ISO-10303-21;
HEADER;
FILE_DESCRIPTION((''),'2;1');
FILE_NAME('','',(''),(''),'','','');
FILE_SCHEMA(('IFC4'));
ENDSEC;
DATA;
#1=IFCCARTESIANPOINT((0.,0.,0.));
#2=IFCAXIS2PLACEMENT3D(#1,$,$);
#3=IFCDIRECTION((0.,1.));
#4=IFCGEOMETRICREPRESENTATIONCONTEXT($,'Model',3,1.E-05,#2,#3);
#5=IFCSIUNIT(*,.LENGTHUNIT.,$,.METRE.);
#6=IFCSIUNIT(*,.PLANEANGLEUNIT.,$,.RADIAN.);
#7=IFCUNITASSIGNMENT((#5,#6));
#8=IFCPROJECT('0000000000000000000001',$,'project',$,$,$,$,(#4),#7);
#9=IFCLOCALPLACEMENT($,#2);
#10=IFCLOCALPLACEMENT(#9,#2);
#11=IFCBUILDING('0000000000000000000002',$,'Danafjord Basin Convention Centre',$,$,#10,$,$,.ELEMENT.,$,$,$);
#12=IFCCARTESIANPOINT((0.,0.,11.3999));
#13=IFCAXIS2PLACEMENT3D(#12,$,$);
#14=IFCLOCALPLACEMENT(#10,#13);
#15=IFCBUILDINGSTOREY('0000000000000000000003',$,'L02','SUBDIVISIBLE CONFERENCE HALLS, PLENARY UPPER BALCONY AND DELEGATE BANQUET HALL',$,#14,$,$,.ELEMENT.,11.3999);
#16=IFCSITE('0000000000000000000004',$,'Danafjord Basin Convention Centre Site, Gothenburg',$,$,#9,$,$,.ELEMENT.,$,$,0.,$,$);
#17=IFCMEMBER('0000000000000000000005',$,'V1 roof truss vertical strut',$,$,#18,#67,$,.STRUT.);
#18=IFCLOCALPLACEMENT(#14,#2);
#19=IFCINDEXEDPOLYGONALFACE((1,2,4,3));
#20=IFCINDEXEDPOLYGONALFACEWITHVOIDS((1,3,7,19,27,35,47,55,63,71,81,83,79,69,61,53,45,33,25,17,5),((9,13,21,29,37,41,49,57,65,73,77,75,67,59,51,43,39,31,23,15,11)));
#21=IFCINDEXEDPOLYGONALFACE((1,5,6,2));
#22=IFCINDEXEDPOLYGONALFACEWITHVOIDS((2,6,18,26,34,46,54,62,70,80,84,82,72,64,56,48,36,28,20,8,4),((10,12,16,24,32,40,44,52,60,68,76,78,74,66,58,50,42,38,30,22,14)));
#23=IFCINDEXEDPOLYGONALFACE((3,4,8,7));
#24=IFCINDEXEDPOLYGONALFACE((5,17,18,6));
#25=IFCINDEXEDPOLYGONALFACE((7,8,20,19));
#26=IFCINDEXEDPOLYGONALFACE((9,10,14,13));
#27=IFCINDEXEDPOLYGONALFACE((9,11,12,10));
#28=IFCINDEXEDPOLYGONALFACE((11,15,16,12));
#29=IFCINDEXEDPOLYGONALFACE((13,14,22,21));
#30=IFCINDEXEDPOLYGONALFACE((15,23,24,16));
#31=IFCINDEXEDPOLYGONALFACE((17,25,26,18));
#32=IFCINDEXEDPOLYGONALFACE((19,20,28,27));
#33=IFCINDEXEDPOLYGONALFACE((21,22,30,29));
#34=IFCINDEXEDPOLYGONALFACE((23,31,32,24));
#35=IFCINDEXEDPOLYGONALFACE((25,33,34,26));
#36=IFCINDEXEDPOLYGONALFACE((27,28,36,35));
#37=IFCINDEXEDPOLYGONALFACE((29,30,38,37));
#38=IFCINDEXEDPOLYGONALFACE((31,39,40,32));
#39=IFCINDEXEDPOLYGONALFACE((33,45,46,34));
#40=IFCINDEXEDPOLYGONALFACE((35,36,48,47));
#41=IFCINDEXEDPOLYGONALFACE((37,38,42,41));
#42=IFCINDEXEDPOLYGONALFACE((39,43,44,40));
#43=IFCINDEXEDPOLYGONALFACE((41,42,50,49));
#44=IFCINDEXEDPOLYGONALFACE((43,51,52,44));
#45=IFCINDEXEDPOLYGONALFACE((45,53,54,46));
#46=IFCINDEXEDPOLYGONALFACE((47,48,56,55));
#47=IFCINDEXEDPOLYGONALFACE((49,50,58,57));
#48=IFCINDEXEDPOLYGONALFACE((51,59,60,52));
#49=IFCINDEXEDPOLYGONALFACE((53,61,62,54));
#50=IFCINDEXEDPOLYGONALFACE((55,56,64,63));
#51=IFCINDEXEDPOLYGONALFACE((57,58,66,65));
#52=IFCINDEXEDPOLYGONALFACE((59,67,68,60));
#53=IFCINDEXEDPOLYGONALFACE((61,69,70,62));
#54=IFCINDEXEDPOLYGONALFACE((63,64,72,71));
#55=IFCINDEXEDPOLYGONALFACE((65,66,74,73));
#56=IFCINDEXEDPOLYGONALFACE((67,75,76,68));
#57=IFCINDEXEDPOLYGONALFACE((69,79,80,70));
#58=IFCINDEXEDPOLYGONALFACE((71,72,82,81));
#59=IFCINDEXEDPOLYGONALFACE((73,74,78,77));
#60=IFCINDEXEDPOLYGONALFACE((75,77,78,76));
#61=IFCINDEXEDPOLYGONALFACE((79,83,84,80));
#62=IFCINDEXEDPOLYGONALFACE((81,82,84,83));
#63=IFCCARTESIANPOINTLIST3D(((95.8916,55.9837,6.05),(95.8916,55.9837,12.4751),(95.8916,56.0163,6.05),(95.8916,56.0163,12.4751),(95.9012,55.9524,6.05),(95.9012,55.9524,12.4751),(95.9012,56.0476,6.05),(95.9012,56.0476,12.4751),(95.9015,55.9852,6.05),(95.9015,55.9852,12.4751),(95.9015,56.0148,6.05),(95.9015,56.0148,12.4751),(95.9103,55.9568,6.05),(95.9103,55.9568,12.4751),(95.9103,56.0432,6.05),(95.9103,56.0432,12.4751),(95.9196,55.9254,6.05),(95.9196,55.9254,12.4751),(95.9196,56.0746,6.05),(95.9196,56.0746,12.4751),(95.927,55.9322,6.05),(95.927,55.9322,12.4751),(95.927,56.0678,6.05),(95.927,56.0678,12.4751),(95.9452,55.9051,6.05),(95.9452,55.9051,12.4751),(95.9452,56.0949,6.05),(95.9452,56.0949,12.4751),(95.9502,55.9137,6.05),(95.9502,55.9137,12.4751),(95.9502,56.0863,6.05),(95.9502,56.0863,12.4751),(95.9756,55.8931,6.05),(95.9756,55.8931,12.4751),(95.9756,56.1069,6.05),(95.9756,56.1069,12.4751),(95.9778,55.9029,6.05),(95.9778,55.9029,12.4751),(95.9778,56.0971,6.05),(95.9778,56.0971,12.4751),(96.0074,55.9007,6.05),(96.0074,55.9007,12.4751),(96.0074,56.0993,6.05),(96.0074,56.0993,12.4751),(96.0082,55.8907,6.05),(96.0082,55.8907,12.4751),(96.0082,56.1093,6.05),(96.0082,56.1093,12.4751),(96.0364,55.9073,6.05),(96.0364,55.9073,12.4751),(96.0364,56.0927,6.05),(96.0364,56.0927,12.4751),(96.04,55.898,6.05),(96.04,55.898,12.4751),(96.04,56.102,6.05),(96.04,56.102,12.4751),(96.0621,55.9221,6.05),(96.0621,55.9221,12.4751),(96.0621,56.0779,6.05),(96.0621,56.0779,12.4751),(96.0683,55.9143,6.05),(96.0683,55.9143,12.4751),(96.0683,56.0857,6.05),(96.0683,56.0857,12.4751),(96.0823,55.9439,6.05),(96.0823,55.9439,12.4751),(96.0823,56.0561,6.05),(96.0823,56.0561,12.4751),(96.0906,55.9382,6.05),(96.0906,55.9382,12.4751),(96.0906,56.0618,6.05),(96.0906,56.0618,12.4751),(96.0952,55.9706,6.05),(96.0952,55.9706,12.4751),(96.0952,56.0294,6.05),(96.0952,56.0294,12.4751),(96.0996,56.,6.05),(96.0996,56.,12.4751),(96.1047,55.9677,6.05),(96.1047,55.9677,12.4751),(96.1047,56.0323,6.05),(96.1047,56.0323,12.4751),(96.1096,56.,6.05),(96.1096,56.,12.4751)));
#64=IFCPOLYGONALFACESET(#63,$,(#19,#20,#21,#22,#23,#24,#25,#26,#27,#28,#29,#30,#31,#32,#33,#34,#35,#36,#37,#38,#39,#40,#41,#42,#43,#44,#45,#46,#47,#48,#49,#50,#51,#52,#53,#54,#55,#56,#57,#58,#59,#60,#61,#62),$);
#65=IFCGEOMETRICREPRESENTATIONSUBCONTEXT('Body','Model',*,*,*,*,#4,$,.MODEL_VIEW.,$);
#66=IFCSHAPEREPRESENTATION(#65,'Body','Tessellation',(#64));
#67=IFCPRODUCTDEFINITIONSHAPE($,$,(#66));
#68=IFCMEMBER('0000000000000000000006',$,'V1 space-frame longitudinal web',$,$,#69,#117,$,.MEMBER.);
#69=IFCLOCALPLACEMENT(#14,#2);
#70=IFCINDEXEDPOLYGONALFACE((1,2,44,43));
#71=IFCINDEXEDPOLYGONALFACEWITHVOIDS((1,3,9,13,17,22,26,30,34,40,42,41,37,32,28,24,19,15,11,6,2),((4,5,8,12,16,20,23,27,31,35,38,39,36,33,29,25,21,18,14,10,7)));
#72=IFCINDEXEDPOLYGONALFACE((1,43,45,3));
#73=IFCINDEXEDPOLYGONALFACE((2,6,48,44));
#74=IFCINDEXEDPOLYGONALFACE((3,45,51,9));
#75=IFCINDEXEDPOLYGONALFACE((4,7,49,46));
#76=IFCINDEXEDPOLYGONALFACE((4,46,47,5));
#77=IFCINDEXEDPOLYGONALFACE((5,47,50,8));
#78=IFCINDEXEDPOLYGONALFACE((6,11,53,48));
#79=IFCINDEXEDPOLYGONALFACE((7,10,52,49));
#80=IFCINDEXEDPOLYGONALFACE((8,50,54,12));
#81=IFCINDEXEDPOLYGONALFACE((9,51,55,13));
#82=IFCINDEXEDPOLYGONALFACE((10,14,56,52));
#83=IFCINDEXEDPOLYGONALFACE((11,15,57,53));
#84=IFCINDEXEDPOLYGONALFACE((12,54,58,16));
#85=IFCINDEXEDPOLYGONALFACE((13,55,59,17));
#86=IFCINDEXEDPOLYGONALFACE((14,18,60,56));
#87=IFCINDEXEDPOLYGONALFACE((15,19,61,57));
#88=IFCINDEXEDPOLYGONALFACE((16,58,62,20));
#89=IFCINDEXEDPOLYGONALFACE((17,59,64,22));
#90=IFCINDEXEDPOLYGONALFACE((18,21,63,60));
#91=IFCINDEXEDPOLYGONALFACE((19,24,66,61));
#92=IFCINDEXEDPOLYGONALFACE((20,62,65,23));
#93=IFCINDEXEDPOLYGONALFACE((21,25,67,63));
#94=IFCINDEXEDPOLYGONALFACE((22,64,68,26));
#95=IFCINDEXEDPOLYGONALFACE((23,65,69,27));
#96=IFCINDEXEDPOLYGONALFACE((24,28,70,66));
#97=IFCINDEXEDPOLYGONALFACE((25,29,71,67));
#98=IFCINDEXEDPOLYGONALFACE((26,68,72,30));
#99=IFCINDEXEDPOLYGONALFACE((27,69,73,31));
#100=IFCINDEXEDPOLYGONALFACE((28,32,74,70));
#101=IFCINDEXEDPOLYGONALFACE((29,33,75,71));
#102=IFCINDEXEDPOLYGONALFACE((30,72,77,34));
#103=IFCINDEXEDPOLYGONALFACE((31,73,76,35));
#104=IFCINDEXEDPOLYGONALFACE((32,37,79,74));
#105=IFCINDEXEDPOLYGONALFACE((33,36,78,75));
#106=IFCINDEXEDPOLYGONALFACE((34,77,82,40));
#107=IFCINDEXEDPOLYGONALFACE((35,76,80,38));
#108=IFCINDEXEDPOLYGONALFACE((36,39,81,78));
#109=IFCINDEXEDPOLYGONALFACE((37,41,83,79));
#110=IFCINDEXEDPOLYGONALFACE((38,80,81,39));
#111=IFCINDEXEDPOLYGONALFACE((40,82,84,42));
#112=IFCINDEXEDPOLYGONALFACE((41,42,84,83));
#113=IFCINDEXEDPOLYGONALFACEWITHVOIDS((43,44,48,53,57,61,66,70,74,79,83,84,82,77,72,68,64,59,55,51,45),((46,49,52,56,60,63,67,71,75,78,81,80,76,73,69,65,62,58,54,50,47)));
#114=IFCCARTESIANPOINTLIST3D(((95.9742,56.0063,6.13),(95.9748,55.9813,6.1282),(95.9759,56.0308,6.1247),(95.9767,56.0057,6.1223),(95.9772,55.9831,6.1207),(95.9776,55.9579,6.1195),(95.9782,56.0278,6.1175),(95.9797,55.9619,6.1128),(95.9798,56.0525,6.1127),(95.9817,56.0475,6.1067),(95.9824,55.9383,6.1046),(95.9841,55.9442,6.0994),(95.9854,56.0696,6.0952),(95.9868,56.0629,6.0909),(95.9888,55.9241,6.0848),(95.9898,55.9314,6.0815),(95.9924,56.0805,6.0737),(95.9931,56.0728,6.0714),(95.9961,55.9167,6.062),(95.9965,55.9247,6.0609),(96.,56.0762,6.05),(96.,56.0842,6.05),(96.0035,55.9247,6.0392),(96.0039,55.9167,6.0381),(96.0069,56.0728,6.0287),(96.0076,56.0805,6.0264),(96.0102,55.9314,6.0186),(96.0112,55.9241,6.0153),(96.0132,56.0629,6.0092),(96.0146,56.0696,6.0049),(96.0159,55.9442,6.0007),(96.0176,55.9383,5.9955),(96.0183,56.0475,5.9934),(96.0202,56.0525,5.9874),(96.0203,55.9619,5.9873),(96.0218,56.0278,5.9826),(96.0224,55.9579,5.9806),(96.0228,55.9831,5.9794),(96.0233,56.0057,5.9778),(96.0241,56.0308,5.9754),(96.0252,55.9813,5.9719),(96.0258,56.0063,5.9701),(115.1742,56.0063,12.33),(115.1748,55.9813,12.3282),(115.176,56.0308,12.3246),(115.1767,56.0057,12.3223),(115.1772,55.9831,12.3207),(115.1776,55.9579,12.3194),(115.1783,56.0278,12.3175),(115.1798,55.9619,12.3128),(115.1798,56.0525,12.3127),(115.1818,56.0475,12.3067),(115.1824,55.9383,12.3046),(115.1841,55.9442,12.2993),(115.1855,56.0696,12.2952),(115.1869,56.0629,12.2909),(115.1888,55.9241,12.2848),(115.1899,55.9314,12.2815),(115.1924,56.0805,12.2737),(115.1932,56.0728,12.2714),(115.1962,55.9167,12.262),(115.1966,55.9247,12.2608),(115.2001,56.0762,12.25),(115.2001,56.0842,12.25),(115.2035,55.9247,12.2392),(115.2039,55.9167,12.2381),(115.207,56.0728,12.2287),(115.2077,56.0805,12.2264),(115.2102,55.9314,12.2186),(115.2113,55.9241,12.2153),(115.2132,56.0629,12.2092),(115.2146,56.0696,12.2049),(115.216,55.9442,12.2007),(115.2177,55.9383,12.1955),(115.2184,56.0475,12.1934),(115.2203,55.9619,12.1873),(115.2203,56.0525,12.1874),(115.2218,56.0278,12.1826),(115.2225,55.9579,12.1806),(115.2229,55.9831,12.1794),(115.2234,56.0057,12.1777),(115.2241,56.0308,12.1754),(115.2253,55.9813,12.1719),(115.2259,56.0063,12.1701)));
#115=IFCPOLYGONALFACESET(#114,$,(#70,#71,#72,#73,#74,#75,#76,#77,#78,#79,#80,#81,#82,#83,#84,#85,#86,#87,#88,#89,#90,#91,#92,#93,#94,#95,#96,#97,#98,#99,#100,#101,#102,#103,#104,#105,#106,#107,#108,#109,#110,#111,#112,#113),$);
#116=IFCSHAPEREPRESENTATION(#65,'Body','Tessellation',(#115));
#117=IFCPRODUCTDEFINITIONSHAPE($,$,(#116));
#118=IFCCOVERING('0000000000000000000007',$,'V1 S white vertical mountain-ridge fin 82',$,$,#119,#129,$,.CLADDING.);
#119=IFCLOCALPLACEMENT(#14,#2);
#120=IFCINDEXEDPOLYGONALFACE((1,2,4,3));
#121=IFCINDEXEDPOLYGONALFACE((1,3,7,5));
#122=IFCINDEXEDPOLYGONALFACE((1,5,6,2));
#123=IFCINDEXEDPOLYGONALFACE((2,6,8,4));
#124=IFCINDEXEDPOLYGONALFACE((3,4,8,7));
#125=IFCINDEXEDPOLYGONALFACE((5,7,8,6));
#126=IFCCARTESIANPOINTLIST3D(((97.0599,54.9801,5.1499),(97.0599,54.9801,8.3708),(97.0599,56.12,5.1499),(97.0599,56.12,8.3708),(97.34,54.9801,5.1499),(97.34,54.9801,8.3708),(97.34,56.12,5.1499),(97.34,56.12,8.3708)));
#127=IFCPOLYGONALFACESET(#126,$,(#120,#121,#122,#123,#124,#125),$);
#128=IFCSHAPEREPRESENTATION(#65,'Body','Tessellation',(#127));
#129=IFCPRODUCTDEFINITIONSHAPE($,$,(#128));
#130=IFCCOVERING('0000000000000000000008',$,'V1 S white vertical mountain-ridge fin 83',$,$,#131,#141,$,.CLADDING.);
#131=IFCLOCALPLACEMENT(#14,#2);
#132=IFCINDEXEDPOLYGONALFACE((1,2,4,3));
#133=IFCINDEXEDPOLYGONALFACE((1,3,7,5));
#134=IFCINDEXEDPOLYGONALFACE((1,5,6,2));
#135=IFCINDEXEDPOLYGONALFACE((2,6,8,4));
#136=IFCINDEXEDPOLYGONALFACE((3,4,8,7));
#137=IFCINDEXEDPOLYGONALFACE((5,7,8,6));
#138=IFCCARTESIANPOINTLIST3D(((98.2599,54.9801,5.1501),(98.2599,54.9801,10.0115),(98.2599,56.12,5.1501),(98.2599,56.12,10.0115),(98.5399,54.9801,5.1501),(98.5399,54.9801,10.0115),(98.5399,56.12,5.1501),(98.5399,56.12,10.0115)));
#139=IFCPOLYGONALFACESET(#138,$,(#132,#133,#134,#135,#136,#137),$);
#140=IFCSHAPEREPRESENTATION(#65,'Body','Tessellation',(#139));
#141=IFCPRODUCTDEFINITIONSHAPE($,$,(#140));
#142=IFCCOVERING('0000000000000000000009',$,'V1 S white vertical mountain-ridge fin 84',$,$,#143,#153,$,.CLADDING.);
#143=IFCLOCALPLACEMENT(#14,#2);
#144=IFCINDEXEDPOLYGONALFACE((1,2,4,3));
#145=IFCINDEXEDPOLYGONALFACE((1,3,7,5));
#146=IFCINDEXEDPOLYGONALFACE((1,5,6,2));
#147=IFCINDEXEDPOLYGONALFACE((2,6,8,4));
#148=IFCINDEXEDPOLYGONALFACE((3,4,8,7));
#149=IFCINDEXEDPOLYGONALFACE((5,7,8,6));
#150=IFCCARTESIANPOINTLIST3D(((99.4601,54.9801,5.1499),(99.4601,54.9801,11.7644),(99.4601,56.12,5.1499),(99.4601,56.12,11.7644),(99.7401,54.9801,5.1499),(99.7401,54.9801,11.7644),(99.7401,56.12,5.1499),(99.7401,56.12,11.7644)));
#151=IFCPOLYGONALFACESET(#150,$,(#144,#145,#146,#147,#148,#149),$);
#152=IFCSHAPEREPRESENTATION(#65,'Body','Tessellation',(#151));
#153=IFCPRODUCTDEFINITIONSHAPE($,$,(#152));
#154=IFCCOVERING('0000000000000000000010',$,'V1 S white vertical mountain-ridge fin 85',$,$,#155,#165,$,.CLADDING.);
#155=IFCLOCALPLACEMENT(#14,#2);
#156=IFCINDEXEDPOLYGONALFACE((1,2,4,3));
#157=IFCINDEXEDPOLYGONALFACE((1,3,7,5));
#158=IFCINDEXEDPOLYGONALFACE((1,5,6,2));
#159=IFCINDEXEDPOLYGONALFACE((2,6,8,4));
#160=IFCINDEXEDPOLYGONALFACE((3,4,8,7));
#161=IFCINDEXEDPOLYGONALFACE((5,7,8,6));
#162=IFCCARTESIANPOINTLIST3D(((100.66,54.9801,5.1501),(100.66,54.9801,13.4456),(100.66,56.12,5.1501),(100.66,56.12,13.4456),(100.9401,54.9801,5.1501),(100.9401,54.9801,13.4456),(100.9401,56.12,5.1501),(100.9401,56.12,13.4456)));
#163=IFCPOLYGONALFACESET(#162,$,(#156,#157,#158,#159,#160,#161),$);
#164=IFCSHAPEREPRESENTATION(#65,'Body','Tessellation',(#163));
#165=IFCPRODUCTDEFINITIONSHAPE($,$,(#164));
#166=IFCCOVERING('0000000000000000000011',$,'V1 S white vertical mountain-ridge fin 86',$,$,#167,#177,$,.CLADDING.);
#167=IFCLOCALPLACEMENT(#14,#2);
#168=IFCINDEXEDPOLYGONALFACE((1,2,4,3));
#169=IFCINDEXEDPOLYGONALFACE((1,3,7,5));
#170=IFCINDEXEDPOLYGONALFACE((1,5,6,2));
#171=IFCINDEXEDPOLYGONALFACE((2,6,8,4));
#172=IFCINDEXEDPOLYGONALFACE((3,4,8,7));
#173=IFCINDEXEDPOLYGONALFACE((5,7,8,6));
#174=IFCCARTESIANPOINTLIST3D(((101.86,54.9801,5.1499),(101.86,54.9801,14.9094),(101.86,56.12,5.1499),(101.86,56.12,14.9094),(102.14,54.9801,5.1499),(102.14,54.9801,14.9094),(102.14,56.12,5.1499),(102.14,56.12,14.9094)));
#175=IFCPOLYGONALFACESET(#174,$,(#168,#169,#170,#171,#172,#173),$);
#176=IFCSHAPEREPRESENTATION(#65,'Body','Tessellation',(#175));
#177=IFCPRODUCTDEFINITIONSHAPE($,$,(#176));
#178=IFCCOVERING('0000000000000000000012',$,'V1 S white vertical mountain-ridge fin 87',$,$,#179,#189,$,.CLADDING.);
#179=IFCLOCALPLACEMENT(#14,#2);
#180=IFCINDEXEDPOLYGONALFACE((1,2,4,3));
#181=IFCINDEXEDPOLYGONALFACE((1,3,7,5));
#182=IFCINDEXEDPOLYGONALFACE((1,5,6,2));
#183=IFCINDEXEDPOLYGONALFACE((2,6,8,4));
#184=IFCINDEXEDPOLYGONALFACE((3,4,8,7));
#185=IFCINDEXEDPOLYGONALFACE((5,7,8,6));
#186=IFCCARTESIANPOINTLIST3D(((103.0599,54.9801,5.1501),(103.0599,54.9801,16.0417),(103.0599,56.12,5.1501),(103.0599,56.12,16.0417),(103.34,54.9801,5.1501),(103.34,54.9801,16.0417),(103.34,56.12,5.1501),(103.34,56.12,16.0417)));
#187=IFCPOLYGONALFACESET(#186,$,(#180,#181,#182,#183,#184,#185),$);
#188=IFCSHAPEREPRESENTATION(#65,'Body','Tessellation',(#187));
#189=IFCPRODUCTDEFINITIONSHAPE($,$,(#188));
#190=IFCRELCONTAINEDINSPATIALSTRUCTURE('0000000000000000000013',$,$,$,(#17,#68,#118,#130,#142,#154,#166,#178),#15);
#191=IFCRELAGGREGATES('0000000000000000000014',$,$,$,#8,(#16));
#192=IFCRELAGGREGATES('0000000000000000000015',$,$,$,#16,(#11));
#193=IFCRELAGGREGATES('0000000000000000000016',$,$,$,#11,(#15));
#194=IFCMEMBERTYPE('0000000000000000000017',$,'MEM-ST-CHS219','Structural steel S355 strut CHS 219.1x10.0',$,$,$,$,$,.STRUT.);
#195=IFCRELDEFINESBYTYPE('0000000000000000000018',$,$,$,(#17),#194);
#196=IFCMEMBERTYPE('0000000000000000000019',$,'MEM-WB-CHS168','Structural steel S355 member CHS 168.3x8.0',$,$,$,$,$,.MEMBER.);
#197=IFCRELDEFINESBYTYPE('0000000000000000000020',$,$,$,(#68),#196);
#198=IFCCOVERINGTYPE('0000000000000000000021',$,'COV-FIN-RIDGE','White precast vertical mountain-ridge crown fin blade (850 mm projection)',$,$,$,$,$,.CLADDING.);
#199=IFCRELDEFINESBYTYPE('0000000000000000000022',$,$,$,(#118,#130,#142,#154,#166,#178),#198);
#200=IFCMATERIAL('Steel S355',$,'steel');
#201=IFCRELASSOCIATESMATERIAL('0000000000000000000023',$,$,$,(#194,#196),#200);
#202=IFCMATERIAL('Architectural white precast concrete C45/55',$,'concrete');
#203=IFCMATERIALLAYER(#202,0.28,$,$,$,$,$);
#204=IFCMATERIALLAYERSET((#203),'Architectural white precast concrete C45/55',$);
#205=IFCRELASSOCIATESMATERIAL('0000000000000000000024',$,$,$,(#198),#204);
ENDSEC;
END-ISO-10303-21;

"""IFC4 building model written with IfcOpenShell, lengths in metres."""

from ifc_helpers import new_model, si_unit, direction, frame, origin, origin_2d, place, context, subcontext, project, spatial, rectangle, hollow_circle, extrude, material, layer, layer_set, material_profile, profile_set, type_object, element, save


model = new_model("IFC4")

# Units and contexts
model_context = context("Model", 3, precision=1e-05, world=origin(), true_north=direction((0.0, 1.0)))
body_context = subcontext(model_context, "Body", "Model", "MODEL_VIEW")
ifc_project = project(units=[si_unit("LENGTHUNIT", "METRE"), si_unit("PLANEANGLEUNIT", "RADIAN")], contexts=[model_context])

# Site, building, storey
site_placement = place(None, origin())
site = spatial("IfcSite", under=ifc_project, at=site_placement, Name="Danafjord Basin Convention Centre Site, Gothenburg", CompositionType="ELEMENT", RefElevation=0.0)
building_placement = place(site_placement, origin())
building = spatial("IfcBuilding", under=site, at=building_placement, Name="Danafjord Basin Convention Centre", CompositionType="ELEMENT")
storey_placement = place(building_placement, frame((0.0, 0.0, 11.3999)))
storey = spatial("IfcBuildingStorey", under=building, at=storey_placement, Name="L02", Description="SUBDIVISIBLE CONFERENCE HALLS, PLENARY UPPER BALCONY AND DELEGATE BANQUET HALL", CompositionType="ELEMENT", Elevation=11.3999)

# Shared definitions
ifc_material_1 = material(Name="Steel S355", Category="steel")

# Members
ifc_material_profile_1 = material_profile(ifc_material_1, hollow_circle(Radius=0.1096, WallThickness=0.01, at=origin_2d()), Name="CHS 219.1x10.0")
ifc_profile_set_1 = profile_set([ifc_material_profile_1], Name="Steel S355")
member_type_1 = type_object("IfcMemberType", Name="MEM-ST-CHS219", Description="Structural steel S355 strut CHS 219.1x10.0", PredefinedType="STRUT", material=ifc_profile_set_1)
member_1_placement = place(storey_placement, frame((96.0, 56.0, 6.05), z_axis=(0.0, 0.0, 1.0), x_axis=(1.0, 0.0, 0.0)))
element("IfcMember", 1, at=member_1_placement, inside=storey, type_object=member_type_1, Name="V1 roof truss vertical strut", PredefinedType="STRUT", context=body_context, shape_type="SweptSolid", body=[
    extrude(hollow_circle(Radius=0.1096, WallThickness=0.01, at=origin_2d()), origin(), (0.0, 0.0, 1.0), 6.425),
])
ifc_material_profile_2 = material_profile(ifc_material_1, hollow_circle(Radius=0.0842, WallThickness=0.0081, at=origin_2d()), Name="CHS 168.3x8.0")
ifc_profile_set_2 = profile_set([ifc_material_profile_2], Name="Steel S355")
member_type_2 = type_object("IfcMemberType", Name="MEM-WB-CHS168", Description="Structural steel S355 member CHS 168.3x8.0", PredefinedType="MEMBER", material=ifc_profile_set_2)
member_2_placement = place(storey_placement, frame((96.0, 56.0, 6.05), z_axis=(0.951616, 0.0, 0.307291), x_axis=(0.0, 1.0, 0.0)))
element("IfcMember", 2, at=member_2_placement, inside=storey, type_object=member_type_2, Name="V1 space-frame longitudinal web", PredefinedType="MEMBER", context=body_context, shape_type="SweptSolid", body=[
    extrude(hollow_circle(Radius=0.0842, WallThickness=0.0081, at=origin_2d()), origin(), (0.0, 0.0, 1.0), 20.1763),
])

# Coverings
ifc_material_2 = material(Name="Architectural white precast concrete C45/55", Category="concrete")
ifc_layer = layer(ifc_material_2, 0.28)
ifc_layer_set = layer_set([ifc_layer], Name="Architectural white precast concrete C45/55")
covering_type = type_object("IfcCoveringType", Name="COV-FIN-RIDGE", Description="White precast vertical mountain-ridge crown fin blade (850 mm projection)", PredefinedType="CLADDING", material=ifc_layer_set)
covering_1_placement = place(storey_placement, frame((97.2, 55.55, 5.1499), z_axis=(0.0, 0.0, 1.0), x_axis=(0.0, 1.0, 0.0)))
element("IfcCovering", 3, at=covering_1_placement, inside=storey, type_object=covering_type, Name="V1 S white vertical mountain-ridge fin 82", PredefinedType="CLADDING", context=body_context, shape_type="SweptSolid", body=[
    extrude(rectangle(XDim=1.1399, YDim=0.28, at=origin_2d()), origin(), (0.0, 0.0, 1.0), 3.2209),
])
covering_2_placement = place(storey_placement, frame((98.3999, 55.55, 5.1501), z_axis=(0.0, 0.0, 1.0), x_axis=(0.0, 1.0, 0.0)))
element("IfcCovering", 4, at=covering_2_placement, inside=storey, type_object=covering_type, Name="V1 S white vertical mountain-ridge fin 83", PredefinedType="CLADDING", context=body_context, shape_type="SweptSolid", body=[
    extrude(rectangle(XDim=1.1399, YDim=0.28, at=origin_2d()), origin(), (0.0, 0.0, 1.0), 4.8613),
])
covering_3_placement = place(storey_placement, frame((99.6001, 55.55, 5.1499), z_axis=(0.0, 0.0, 1.0), x_axis=(0.0, 1.0, 0.0)))
element("IfcCovering", 5, at=covering_3_placement, inside=storey, type_object=covering_type, Name="V1 S white vertical mountain-ridge fin 84", PredefinedType="CLADDING", context=body_context, shape_type="SweptSolid", body=[
    extrude(rectangle(XDim=1.1399, YDim=0.28, at=origin_2d()), origin(), (0.0, 0.0, 1.0), 6.6145),
])
covering_4_placement = place(storey_placement, frame((100.8, 55.55, 5.1501), z_axis=(0.0, 0.0, 1.0), x_axis=(0.0, 1.0, 0.0)))
element("IfcCovering", 6, at=covering_4_placement, inside=storey, type_object=covering_type, Name="V1 S white vertical mountain-ridge fin 85", PredefinedType="CLADDING", context=body_context, shape_type="SweptSolid", body=[
    extrude(rectangle(XDim=1.1399, YDim=0.28, at=origin_2d()), origin(), (0.0, 0.0, 1.0), 8.2954),
])
covering_5_placement = place(storey_placement, frame((102.0, 55.55, 5.1499), z_axis=(0.0, 0.0, 1.0), x_axis=(0.0, 1.0, 0.0)))
element("IfcCovering", 7, at=covering_5_placement, inside=storey, type_object=covering_type, Name="V1 S white vertical mountain-ridge fin 86", PredefinedType="CLADDING", context=body_context, shape_type="SweptSolid", body=[
    extrude(rectangle(XDim=1.1399, YDim=0.28, at=origin_2d()), origin(), (0.0, 0.0, 1.0), 9.7595),
])
covering_6_placement = place(storey_placement, frame((103.2, 55.55, 5.1501), z_axis=(0.0, 0.0, 1.0), x_axis=(0.0, 1.0, 0.0)))
element("IfcCovering", 8, at=covering_6_placement, inside=storey, type_object=covering_type, Name="V1 S white vertical mountain-ridge fin 87", PredefinedType="CLADDING", context=body_context, shape_type="SweptSolid", body=[
    extrude(rectangle(XDim=1.1399, YDim=0.28, at=origin_2d()), origin(), (0.0, 0.0, 1.0), 10.8916),
])

save(model, "model.ifc")
